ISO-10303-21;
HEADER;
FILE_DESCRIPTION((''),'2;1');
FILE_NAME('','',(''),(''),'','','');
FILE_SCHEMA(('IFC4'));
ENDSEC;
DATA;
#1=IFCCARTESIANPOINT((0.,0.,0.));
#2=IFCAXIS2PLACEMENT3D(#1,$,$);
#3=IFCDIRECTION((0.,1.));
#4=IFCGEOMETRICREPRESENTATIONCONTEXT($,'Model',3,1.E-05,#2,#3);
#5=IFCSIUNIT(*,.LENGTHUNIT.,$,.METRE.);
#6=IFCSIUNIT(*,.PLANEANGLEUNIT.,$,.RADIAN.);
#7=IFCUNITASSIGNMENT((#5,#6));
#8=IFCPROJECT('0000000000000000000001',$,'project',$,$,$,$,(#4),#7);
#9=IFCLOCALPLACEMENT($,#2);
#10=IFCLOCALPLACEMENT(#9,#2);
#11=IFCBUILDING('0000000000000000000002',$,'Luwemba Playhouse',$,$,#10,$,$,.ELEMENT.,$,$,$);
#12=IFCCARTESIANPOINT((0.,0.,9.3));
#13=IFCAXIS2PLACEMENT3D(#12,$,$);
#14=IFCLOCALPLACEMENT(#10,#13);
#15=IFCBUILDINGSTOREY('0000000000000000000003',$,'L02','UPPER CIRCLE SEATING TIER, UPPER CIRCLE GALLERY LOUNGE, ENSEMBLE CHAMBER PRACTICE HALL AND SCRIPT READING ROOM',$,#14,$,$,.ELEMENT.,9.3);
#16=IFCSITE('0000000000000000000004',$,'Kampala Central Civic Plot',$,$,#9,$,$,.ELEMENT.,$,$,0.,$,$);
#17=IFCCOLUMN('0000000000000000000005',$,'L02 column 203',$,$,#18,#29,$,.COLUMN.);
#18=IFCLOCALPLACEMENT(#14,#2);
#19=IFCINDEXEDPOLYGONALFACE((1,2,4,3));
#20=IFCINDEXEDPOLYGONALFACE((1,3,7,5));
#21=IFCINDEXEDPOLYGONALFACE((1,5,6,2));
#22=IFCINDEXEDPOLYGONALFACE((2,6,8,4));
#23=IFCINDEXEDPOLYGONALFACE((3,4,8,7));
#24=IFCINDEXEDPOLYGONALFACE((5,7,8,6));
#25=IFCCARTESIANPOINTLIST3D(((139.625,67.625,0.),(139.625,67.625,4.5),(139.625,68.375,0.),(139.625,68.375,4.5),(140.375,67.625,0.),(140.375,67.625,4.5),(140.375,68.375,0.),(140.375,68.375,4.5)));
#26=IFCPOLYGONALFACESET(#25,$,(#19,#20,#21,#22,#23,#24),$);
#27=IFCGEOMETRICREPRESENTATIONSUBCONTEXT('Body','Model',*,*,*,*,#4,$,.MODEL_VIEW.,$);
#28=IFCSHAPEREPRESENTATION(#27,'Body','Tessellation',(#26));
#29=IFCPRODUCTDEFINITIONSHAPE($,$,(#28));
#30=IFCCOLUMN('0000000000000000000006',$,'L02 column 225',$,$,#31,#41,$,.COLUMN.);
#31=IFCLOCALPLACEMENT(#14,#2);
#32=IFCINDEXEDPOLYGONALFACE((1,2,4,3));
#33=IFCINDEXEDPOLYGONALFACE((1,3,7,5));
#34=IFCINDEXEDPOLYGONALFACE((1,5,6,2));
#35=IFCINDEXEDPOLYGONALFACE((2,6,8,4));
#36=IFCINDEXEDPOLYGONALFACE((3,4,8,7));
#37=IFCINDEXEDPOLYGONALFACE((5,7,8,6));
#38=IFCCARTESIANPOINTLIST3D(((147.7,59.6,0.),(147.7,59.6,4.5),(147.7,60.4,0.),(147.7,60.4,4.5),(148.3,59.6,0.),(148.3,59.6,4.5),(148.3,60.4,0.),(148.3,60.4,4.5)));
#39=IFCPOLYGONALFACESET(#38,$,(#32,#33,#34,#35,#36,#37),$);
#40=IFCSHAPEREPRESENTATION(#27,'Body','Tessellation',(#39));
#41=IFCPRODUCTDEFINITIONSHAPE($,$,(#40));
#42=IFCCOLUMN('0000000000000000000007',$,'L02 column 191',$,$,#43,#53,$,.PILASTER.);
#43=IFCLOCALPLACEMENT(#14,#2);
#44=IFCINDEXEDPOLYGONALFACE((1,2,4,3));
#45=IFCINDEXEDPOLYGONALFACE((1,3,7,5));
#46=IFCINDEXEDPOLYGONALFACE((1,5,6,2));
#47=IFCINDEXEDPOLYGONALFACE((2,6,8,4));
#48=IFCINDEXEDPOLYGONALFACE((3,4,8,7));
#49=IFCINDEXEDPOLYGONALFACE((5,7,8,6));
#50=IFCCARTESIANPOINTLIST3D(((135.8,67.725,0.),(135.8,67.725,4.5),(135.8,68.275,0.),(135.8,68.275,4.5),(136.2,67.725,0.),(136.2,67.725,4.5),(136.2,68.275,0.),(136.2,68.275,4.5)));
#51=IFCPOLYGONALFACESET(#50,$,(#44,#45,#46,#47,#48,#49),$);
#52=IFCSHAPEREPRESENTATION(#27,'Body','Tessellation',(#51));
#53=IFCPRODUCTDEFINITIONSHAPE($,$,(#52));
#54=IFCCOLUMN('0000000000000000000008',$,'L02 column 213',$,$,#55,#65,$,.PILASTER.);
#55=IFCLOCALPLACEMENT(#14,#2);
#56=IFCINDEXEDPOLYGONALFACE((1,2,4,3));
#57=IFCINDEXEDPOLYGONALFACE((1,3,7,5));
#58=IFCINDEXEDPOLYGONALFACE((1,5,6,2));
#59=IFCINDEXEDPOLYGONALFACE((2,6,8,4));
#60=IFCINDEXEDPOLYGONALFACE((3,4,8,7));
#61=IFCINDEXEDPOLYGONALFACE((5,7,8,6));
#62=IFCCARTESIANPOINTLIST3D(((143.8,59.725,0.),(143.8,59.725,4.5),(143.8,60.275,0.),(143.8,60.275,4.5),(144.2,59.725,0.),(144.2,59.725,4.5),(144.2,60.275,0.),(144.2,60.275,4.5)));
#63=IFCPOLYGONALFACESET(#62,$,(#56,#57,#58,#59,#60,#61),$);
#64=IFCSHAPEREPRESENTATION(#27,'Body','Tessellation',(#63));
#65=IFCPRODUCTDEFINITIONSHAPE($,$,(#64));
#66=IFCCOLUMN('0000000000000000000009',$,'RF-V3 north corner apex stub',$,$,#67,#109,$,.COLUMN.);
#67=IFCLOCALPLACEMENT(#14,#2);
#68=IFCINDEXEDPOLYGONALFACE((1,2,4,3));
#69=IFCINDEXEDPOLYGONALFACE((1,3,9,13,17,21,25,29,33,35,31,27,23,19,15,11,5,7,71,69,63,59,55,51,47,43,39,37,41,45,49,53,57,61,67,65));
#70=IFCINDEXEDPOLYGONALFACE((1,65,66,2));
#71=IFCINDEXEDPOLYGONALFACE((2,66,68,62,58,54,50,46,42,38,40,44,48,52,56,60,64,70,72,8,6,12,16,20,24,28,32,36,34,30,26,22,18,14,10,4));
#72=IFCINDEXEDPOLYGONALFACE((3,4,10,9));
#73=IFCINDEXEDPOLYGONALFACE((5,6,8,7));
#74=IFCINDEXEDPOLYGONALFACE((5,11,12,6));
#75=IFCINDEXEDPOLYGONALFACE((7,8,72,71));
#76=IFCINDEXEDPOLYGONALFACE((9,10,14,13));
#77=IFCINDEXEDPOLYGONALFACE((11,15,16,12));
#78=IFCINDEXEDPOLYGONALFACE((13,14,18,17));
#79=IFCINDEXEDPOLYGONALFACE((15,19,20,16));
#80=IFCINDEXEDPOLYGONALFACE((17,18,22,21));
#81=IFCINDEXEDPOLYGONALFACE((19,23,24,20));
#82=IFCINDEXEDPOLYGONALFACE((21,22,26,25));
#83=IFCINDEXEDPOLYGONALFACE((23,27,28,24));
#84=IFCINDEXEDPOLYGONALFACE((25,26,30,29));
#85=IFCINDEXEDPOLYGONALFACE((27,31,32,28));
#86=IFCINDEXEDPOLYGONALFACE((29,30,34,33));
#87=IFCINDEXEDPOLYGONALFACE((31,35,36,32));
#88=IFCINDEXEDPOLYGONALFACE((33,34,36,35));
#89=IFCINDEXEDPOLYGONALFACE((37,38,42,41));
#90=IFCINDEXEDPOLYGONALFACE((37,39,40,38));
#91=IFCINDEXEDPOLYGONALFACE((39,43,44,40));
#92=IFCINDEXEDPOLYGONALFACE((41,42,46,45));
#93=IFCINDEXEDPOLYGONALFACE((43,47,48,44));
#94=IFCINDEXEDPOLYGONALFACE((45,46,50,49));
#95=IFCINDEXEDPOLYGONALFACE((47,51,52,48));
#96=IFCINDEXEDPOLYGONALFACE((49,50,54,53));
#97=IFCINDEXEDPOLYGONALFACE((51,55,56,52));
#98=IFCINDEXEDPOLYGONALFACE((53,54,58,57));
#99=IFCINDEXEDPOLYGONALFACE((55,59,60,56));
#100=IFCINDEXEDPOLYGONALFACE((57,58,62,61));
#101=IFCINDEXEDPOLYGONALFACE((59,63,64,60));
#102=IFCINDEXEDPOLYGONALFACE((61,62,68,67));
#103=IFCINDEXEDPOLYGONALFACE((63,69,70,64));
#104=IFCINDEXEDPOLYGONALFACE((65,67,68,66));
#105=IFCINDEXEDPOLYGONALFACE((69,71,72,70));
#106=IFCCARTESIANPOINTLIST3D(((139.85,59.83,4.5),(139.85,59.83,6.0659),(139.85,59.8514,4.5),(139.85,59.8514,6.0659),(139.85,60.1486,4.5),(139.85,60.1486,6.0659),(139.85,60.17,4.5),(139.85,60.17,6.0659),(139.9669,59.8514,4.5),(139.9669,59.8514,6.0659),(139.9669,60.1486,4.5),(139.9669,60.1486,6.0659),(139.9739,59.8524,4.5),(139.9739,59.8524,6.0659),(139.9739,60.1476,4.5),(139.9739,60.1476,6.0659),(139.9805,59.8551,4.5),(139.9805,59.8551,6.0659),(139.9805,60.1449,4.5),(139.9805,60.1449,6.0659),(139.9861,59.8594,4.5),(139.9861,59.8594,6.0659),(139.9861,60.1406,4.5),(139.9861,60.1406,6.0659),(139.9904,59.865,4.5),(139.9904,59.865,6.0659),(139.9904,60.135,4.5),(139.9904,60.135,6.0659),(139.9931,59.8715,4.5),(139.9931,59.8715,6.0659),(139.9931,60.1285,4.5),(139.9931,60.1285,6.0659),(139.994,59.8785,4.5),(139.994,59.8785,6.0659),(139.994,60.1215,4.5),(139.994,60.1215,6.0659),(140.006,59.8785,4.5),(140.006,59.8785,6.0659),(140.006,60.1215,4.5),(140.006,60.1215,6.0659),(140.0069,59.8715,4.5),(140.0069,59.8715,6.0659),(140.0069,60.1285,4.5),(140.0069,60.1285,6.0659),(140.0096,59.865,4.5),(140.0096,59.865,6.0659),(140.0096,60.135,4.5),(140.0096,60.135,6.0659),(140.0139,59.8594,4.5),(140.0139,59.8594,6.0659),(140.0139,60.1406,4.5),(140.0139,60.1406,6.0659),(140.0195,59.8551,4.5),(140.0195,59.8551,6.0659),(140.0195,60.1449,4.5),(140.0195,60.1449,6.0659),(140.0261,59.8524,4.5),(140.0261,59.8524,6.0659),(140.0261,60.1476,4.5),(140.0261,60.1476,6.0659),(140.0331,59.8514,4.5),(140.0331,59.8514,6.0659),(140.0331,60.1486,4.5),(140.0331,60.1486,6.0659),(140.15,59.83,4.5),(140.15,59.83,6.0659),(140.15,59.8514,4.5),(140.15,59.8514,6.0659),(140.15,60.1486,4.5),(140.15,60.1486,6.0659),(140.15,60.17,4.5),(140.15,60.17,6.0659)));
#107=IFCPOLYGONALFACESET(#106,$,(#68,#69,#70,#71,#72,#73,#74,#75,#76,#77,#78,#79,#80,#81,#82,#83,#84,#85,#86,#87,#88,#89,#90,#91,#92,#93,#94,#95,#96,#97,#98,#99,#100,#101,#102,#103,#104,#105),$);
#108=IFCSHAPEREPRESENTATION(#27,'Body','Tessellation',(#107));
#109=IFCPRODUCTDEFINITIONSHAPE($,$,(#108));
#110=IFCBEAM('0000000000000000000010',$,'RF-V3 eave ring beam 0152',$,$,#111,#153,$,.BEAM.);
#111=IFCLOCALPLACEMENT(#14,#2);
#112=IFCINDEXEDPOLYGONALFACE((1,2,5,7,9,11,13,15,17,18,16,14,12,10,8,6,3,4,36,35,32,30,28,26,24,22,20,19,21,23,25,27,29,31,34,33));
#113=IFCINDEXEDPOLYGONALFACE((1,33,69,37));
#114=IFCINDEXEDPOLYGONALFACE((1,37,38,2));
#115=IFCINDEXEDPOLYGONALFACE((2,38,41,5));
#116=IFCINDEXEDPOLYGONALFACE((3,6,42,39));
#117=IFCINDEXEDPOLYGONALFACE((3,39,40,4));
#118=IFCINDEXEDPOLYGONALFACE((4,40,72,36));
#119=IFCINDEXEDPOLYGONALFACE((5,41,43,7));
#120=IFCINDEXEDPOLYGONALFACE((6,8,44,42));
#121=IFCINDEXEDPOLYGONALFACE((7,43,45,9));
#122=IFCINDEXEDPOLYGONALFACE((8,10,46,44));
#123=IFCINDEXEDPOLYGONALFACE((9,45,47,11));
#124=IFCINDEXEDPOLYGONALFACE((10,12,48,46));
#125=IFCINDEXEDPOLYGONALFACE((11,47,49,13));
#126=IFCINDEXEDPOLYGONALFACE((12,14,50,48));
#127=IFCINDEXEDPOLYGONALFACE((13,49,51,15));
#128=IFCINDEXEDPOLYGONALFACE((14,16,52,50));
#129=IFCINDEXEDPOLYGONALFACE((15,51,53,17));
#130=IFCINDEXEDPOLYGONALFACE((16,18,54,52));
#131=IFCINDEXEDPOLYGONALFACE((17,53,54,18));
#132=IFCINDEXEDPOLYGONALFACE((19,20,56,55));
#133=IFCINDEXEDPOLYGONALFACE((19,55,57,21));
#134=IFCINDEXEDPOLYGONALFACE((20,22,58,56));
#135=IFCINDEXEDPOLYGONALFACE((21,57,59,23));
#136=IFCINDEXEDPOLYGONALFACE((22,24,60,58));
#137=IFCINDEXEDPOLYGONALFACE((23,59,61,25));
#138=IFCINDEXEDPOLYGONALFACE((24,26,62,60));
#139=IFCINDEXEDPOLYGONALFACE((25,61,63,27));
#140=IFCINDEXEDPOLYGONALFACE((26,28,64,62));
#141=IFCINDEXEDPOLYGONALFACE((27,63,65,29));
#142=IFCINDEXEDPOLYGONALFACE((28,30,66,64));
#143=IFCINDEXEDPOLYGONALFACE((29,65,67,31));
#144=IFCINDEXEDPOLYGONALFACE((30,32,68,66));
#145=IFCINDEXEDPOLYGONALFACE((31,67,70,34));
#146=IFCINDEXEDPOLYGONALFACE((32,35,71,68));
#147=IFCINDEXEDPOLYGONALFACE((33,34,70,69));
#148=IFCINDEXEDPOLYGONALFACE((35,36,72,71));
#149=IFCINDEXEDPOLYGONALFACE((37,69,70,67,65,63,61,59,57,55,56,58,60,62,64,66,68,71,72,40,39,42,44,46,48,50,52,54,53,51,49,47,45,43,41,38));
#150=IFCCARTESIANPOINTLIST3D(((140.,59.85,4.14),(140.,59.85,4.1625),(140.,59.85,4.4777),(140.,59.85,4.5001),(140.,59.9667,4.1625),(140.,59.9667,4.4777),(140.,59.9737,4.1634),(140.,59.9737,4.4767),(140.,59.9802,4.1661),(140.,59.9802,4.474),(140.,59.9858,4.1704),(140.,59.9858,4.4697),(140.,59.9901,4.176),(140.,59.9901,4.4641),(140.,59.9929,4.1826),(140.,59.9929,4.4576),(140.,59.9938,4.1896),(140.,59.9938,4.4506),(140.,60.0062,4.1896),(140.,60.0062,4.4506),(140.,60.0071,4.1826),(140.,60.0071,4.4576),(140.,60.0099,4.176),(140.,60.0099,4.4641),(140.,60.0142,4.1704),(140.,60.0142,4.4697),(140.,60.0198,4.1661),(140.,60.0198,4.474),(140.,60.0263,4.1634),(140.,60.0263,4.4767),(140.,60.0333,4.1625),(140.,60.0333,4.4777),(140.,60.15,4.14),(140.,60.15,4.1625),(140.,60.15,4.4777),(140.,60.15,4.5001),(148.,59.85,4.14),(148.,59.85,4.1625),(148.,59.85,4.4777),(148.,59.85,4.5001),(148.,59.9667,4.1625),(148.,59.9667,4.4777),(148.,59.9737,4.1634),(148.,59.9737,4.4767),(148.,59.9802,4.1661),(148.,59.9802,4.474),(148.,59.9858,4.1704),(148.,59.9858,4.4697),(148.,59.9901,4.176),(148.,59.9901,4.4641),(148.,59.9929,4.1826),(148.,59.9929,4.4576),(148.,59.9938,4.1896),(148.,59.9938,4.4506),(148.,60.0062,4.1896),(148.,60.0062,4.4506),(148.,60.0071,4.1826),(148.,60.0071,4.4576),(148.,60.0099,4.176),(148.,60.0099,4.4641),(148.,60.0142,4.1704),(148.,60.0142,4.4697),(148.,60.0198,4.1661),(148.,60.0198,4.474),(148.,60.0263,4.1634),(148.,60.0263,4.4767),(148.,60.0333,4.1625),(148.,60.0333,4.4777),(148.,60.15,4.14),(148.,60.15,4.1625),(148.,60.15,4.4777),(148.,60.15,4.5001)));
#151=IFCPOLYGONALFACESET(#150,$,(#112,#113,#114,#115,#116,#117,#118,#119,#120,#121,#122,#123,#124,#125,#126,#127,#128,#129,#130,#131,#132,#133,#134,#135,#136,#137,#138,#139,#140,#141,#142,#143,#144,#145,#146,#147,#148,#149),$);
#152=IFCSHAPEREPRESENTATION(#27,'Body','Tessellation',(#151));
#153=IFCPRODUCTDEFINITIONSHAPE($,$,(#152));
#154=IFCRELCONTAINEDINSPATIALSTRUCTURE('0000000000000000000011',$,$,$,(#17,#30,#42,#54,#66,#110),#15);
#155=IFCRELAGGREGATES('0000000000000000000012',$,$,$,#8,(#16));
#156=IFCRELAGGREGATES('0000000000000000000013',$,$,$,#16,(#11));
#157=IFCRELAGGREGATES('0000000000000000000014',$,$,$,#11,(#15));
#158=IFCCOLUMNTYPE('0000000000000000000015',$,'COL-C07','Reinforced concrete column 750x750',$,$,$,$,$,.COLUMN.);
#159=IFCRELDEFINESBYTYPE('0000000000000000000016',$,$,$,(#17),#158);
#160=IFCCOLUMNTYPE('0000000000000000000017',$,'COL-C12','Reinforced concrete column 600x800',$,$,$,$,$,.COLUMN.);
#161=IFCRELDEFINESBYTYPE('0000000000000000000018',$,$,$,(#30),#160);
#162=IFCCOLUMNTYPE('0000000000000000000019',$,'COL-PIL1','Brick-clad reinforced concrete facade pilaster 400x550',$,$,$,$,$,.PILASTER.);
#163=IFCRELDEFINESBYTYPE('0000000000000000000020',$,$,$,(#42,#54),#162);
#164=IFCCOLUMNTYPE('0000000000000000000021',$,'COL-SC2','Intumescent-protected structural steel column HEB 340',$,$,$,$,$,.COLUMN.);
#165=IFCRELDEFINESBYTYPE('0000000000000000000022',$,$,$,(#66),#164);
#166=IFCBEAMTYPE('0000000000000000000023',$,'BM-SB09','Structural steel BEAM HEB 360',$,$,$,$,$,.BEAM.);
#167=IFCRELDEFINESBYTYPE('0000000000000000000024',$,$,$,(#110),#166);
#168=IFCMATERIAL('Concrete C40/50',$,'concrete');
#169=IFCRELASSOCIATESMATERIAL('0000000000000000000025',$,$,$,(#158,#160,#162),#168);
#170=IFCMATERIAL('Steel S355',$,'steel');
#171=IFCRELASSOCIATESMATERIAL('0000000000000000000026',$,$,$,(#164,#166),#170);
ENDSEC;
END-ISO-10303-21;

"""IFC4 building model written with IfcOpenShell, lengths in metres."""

from ifc_helpers import new_model, si_unit, direction, frame, origin, origin_2d, place, context, subcontext, project, spatial, rectangle, i_section, extrude, material, material_profile, profile_set, type_object, element, save


model = new_model("IFC4")

# Units and contexts
model_context = context("Model", 3, precision=1e-05, world=origin(), true_north=direction((0.0, 1.0)))
body_context = subcontext(model_context, "Body", "Model", "MODEL_VIEW")
ifc_project = project(units=[si_unit("LENGTHUNIT", "METRE"), si_unit("PLANEANGLEUNIT", "RADIAN")], contexts=[model_context])

# Site, building, storey
site_placement = place(None, origin())
site = spatial("IfcSite", under=ifc_project, at=site_placement, Name="Kampala Central Civic Plot", CompositionType="ELEMENT", RefElevation=0.0)
building_placement = place(site_placement, origin())
building = spatial("IfcBuilding", under=site, at=building_placement, Name="Luwemba Playhouse", CompositionType="ELEMENT")
storey_placement = place(building_placement, frame((0.0, 0.0, 9.3)))
storey = spatial("IfcBuildingStorey", under=building, at=storey_placement, Name="L02", Description="UPPER CIRCLE SEATING TIER, UPPER CIRCLE GALLERY LOUNGE, ENSEMBLE CHAMBER PRACTICE HALL AND SCRIPT READING ROOM", CompositionType="ELEMENT", Elevation=9.3)

# Columns
ifc_material_1 = material(Name="Concrete C40/50", Category="concrete")
ifc_material_profile_1 = material_profile(ifc_material_1, rectangle(XDim=0.75, YDim=0.75, at=origin_2d()))
ifc_profile_set_1 = profile_set([ifc_material_profile_1], Name="Concrete C40/50")
column_type_1 = type_object("IfcColumnType", Name="COL-C07", Description="Reinforced concrete column 750x750", PredefinedType="COLUMN", material=ifc_profile_set_1)
column_1_placement = place(storey_placement, frame((140.0, 68.0, 0.0), z_axis=(0.0, 0.0, 1.0), x_axis=(1.0, 0.0, 0.0)))
element("IfcColumn", 1, at=column_1_placement, inside=storey, type_object=column_type_1, Name="L02 column 203", PredefinedType="COLUMN", context=body_context, shape_type="SweptSolid", body=[
    extrude(rectangle(XDim=0.75, YDim=0.75, at=origin_2d()), origin(), (0.0, 0.0, 1.0), 4.5),
])
ifc_material_profile_2 = material_profile(ifc_material_1, rectangle(XDim=0.6001, YDim=0.8, at=origin_2d()))
ifc_profile_set_2 = profile_set([ifc_material_profile_2], Name="Concrete C40/50")
column_type_2 = type_object("IfcColumnType", Name="COL-C12", Description="Reinforced concrete column 600x800", PredefinedType="COLUMN", material=ifc_profile_set_2)
column_2_placement = place(storey_placement, frame((148.0, 60.0, 0.0), z_axis=(0.0, 0.0, 1.0), x_axis=(1.0, 0.0, 0.0)))
element("IfcColumn", 2, at=column_2_placement, inside=storey, type_object=column_type_2, Name="L02 column 225", PredefinedType="COLUMN", context=body_context, shape_type="SweptSolid", body=[
    extrude(rectangle(XDim=0.6001, YDim=0.8, at=origin_2d()), origin(), (0.0, 0.0, 1.0), 4.5),
])
ifc_material_profile_3 = material_profile(ifc_material_1, rectangle(XDim=0.3999, YDim=0.55, at=origin_2d()))
ifc_profile_set_3 = profile_set([ifc_material_profile_3], Name="Concrete C40/50")
column_type_3 = type_object("IfcColumnType", Name="COL-PIL1", Description="Brick-clad reinforced concrete facade pilaster 400x550", PredefinedType="PILASTER", material=ifc_profile_set_3)
for number, where, z_axis, x_axis, name in (
    (3, (136.0, 68.0, 0.0), (0.0, 0.0, 1.0), (1.0, 0.0, 0.0), "L02 column 191"),
    (4, (144.0, 60.0, 0.0), (0.0, 0.0, 1.0), (1.0, 0.0, 0.0), "L02 column 213"),
):
    element("IfcColumn", number, at=place(storey_placement, frame(where, z_axis=z_axis, x_axis=x_axis)), inside=storey, type_object=column_type_3, Name=name, PredefinedType="PILASTER", context=body_context, shape_type="SweptSolid", body=[
        extrude(rectangle(XDim=0.3999, YDim=0.55, at=origin_2d()), origin(), (0.0, 0.0, 1.0), 4.5),
    ])
ifc_material_2 = material(Name="Steel S355", Category="steel")
ifc_material_profile_4 = material_profile(ifc_material_2, i_section(OverallWidth=0.3, OverallDepth=0.3401, WebThickness=0.012, FlangeThickness=0.0215, FilletRadius=0.0271, at=origin_2d()))
ifc_profile_set_4 = profile_set([ifc_material_profile_4], Name="Steel S355")
column_type_4 = type_object("IfcColumnType", Name="COL-SC2", Description="Intumescent-protected structural steel column HEB 340", PredefinedType="COLUMN", material=ifc_profile_set_4)
column_3_placement = place(storey_placement, frame((140.0, 60.0, 4.5), z_axis=(0.0, 0.0, 1.0), x_axis=(1.0, 0.0, 0.0)))
element("IfcColumn", 5, at=column_3_placement, inside=storey, type_object=column_type_4, Name="RF-V3 north corner apex stub", PredefinedType="COLUMN", context=body_context, shape_type="SweptSolid", body=[
    extrude(i_section(OverallWidth=0.3, OverallDepth=0.3401, WebThickness=0.012, FlangeThickness=0.0215, FilletRadius=0.0271, at=origin_2d()), origin(), (0.0, 0.0, 1.0), 1.5659),
])

# Beam
ifc_material_profile_5 = material_profile(ifc_material_2, i_section(OverallWidth=0.3, OverallDepth=0.3601, WebThickness=0.0125, FlangeThickness=0.0225, FilletRadius=0.0271, at=origin_2d()))
ifc_profile_set_5 = profile_set([ifc_material_profile_5], Name="Steel S355")
beam_type_1 = type_object("IfcBeamType", Name="BM-SB09", Description="Structural steel BEAM HEB 360", PredefinedType="BEAM", material=ifc_profile_set_5)
for number, where, z_axis, x_axis, name in (
    (6, (140.0, 60.0, 4.3201), (1.0, 0.0, 0.0), (0.0, 1.0, 0.0), "RF-V3 eave ring beam 0152"),
):
    element("IfcBeam", number, at=place(storey_placement, frame(where, z_axis=z_axis, x_axis=x_axis)), inside=storey, type_object=beam_type_1, Name=name, PredefinedType="BEAM", context=body_context, shape_type="SweptSolid", body=[
        extrude(i_section(OverallWidth=0.3, OverallDepth=0.3601, WebThickness=0.0125, FlangeThickness=0.0225, FilletRadius=0.0271, at=origin_2d()), origin(), (0.0, 0.0, 1.0), 8.0),
    ])

save(model, "model.ifc")
